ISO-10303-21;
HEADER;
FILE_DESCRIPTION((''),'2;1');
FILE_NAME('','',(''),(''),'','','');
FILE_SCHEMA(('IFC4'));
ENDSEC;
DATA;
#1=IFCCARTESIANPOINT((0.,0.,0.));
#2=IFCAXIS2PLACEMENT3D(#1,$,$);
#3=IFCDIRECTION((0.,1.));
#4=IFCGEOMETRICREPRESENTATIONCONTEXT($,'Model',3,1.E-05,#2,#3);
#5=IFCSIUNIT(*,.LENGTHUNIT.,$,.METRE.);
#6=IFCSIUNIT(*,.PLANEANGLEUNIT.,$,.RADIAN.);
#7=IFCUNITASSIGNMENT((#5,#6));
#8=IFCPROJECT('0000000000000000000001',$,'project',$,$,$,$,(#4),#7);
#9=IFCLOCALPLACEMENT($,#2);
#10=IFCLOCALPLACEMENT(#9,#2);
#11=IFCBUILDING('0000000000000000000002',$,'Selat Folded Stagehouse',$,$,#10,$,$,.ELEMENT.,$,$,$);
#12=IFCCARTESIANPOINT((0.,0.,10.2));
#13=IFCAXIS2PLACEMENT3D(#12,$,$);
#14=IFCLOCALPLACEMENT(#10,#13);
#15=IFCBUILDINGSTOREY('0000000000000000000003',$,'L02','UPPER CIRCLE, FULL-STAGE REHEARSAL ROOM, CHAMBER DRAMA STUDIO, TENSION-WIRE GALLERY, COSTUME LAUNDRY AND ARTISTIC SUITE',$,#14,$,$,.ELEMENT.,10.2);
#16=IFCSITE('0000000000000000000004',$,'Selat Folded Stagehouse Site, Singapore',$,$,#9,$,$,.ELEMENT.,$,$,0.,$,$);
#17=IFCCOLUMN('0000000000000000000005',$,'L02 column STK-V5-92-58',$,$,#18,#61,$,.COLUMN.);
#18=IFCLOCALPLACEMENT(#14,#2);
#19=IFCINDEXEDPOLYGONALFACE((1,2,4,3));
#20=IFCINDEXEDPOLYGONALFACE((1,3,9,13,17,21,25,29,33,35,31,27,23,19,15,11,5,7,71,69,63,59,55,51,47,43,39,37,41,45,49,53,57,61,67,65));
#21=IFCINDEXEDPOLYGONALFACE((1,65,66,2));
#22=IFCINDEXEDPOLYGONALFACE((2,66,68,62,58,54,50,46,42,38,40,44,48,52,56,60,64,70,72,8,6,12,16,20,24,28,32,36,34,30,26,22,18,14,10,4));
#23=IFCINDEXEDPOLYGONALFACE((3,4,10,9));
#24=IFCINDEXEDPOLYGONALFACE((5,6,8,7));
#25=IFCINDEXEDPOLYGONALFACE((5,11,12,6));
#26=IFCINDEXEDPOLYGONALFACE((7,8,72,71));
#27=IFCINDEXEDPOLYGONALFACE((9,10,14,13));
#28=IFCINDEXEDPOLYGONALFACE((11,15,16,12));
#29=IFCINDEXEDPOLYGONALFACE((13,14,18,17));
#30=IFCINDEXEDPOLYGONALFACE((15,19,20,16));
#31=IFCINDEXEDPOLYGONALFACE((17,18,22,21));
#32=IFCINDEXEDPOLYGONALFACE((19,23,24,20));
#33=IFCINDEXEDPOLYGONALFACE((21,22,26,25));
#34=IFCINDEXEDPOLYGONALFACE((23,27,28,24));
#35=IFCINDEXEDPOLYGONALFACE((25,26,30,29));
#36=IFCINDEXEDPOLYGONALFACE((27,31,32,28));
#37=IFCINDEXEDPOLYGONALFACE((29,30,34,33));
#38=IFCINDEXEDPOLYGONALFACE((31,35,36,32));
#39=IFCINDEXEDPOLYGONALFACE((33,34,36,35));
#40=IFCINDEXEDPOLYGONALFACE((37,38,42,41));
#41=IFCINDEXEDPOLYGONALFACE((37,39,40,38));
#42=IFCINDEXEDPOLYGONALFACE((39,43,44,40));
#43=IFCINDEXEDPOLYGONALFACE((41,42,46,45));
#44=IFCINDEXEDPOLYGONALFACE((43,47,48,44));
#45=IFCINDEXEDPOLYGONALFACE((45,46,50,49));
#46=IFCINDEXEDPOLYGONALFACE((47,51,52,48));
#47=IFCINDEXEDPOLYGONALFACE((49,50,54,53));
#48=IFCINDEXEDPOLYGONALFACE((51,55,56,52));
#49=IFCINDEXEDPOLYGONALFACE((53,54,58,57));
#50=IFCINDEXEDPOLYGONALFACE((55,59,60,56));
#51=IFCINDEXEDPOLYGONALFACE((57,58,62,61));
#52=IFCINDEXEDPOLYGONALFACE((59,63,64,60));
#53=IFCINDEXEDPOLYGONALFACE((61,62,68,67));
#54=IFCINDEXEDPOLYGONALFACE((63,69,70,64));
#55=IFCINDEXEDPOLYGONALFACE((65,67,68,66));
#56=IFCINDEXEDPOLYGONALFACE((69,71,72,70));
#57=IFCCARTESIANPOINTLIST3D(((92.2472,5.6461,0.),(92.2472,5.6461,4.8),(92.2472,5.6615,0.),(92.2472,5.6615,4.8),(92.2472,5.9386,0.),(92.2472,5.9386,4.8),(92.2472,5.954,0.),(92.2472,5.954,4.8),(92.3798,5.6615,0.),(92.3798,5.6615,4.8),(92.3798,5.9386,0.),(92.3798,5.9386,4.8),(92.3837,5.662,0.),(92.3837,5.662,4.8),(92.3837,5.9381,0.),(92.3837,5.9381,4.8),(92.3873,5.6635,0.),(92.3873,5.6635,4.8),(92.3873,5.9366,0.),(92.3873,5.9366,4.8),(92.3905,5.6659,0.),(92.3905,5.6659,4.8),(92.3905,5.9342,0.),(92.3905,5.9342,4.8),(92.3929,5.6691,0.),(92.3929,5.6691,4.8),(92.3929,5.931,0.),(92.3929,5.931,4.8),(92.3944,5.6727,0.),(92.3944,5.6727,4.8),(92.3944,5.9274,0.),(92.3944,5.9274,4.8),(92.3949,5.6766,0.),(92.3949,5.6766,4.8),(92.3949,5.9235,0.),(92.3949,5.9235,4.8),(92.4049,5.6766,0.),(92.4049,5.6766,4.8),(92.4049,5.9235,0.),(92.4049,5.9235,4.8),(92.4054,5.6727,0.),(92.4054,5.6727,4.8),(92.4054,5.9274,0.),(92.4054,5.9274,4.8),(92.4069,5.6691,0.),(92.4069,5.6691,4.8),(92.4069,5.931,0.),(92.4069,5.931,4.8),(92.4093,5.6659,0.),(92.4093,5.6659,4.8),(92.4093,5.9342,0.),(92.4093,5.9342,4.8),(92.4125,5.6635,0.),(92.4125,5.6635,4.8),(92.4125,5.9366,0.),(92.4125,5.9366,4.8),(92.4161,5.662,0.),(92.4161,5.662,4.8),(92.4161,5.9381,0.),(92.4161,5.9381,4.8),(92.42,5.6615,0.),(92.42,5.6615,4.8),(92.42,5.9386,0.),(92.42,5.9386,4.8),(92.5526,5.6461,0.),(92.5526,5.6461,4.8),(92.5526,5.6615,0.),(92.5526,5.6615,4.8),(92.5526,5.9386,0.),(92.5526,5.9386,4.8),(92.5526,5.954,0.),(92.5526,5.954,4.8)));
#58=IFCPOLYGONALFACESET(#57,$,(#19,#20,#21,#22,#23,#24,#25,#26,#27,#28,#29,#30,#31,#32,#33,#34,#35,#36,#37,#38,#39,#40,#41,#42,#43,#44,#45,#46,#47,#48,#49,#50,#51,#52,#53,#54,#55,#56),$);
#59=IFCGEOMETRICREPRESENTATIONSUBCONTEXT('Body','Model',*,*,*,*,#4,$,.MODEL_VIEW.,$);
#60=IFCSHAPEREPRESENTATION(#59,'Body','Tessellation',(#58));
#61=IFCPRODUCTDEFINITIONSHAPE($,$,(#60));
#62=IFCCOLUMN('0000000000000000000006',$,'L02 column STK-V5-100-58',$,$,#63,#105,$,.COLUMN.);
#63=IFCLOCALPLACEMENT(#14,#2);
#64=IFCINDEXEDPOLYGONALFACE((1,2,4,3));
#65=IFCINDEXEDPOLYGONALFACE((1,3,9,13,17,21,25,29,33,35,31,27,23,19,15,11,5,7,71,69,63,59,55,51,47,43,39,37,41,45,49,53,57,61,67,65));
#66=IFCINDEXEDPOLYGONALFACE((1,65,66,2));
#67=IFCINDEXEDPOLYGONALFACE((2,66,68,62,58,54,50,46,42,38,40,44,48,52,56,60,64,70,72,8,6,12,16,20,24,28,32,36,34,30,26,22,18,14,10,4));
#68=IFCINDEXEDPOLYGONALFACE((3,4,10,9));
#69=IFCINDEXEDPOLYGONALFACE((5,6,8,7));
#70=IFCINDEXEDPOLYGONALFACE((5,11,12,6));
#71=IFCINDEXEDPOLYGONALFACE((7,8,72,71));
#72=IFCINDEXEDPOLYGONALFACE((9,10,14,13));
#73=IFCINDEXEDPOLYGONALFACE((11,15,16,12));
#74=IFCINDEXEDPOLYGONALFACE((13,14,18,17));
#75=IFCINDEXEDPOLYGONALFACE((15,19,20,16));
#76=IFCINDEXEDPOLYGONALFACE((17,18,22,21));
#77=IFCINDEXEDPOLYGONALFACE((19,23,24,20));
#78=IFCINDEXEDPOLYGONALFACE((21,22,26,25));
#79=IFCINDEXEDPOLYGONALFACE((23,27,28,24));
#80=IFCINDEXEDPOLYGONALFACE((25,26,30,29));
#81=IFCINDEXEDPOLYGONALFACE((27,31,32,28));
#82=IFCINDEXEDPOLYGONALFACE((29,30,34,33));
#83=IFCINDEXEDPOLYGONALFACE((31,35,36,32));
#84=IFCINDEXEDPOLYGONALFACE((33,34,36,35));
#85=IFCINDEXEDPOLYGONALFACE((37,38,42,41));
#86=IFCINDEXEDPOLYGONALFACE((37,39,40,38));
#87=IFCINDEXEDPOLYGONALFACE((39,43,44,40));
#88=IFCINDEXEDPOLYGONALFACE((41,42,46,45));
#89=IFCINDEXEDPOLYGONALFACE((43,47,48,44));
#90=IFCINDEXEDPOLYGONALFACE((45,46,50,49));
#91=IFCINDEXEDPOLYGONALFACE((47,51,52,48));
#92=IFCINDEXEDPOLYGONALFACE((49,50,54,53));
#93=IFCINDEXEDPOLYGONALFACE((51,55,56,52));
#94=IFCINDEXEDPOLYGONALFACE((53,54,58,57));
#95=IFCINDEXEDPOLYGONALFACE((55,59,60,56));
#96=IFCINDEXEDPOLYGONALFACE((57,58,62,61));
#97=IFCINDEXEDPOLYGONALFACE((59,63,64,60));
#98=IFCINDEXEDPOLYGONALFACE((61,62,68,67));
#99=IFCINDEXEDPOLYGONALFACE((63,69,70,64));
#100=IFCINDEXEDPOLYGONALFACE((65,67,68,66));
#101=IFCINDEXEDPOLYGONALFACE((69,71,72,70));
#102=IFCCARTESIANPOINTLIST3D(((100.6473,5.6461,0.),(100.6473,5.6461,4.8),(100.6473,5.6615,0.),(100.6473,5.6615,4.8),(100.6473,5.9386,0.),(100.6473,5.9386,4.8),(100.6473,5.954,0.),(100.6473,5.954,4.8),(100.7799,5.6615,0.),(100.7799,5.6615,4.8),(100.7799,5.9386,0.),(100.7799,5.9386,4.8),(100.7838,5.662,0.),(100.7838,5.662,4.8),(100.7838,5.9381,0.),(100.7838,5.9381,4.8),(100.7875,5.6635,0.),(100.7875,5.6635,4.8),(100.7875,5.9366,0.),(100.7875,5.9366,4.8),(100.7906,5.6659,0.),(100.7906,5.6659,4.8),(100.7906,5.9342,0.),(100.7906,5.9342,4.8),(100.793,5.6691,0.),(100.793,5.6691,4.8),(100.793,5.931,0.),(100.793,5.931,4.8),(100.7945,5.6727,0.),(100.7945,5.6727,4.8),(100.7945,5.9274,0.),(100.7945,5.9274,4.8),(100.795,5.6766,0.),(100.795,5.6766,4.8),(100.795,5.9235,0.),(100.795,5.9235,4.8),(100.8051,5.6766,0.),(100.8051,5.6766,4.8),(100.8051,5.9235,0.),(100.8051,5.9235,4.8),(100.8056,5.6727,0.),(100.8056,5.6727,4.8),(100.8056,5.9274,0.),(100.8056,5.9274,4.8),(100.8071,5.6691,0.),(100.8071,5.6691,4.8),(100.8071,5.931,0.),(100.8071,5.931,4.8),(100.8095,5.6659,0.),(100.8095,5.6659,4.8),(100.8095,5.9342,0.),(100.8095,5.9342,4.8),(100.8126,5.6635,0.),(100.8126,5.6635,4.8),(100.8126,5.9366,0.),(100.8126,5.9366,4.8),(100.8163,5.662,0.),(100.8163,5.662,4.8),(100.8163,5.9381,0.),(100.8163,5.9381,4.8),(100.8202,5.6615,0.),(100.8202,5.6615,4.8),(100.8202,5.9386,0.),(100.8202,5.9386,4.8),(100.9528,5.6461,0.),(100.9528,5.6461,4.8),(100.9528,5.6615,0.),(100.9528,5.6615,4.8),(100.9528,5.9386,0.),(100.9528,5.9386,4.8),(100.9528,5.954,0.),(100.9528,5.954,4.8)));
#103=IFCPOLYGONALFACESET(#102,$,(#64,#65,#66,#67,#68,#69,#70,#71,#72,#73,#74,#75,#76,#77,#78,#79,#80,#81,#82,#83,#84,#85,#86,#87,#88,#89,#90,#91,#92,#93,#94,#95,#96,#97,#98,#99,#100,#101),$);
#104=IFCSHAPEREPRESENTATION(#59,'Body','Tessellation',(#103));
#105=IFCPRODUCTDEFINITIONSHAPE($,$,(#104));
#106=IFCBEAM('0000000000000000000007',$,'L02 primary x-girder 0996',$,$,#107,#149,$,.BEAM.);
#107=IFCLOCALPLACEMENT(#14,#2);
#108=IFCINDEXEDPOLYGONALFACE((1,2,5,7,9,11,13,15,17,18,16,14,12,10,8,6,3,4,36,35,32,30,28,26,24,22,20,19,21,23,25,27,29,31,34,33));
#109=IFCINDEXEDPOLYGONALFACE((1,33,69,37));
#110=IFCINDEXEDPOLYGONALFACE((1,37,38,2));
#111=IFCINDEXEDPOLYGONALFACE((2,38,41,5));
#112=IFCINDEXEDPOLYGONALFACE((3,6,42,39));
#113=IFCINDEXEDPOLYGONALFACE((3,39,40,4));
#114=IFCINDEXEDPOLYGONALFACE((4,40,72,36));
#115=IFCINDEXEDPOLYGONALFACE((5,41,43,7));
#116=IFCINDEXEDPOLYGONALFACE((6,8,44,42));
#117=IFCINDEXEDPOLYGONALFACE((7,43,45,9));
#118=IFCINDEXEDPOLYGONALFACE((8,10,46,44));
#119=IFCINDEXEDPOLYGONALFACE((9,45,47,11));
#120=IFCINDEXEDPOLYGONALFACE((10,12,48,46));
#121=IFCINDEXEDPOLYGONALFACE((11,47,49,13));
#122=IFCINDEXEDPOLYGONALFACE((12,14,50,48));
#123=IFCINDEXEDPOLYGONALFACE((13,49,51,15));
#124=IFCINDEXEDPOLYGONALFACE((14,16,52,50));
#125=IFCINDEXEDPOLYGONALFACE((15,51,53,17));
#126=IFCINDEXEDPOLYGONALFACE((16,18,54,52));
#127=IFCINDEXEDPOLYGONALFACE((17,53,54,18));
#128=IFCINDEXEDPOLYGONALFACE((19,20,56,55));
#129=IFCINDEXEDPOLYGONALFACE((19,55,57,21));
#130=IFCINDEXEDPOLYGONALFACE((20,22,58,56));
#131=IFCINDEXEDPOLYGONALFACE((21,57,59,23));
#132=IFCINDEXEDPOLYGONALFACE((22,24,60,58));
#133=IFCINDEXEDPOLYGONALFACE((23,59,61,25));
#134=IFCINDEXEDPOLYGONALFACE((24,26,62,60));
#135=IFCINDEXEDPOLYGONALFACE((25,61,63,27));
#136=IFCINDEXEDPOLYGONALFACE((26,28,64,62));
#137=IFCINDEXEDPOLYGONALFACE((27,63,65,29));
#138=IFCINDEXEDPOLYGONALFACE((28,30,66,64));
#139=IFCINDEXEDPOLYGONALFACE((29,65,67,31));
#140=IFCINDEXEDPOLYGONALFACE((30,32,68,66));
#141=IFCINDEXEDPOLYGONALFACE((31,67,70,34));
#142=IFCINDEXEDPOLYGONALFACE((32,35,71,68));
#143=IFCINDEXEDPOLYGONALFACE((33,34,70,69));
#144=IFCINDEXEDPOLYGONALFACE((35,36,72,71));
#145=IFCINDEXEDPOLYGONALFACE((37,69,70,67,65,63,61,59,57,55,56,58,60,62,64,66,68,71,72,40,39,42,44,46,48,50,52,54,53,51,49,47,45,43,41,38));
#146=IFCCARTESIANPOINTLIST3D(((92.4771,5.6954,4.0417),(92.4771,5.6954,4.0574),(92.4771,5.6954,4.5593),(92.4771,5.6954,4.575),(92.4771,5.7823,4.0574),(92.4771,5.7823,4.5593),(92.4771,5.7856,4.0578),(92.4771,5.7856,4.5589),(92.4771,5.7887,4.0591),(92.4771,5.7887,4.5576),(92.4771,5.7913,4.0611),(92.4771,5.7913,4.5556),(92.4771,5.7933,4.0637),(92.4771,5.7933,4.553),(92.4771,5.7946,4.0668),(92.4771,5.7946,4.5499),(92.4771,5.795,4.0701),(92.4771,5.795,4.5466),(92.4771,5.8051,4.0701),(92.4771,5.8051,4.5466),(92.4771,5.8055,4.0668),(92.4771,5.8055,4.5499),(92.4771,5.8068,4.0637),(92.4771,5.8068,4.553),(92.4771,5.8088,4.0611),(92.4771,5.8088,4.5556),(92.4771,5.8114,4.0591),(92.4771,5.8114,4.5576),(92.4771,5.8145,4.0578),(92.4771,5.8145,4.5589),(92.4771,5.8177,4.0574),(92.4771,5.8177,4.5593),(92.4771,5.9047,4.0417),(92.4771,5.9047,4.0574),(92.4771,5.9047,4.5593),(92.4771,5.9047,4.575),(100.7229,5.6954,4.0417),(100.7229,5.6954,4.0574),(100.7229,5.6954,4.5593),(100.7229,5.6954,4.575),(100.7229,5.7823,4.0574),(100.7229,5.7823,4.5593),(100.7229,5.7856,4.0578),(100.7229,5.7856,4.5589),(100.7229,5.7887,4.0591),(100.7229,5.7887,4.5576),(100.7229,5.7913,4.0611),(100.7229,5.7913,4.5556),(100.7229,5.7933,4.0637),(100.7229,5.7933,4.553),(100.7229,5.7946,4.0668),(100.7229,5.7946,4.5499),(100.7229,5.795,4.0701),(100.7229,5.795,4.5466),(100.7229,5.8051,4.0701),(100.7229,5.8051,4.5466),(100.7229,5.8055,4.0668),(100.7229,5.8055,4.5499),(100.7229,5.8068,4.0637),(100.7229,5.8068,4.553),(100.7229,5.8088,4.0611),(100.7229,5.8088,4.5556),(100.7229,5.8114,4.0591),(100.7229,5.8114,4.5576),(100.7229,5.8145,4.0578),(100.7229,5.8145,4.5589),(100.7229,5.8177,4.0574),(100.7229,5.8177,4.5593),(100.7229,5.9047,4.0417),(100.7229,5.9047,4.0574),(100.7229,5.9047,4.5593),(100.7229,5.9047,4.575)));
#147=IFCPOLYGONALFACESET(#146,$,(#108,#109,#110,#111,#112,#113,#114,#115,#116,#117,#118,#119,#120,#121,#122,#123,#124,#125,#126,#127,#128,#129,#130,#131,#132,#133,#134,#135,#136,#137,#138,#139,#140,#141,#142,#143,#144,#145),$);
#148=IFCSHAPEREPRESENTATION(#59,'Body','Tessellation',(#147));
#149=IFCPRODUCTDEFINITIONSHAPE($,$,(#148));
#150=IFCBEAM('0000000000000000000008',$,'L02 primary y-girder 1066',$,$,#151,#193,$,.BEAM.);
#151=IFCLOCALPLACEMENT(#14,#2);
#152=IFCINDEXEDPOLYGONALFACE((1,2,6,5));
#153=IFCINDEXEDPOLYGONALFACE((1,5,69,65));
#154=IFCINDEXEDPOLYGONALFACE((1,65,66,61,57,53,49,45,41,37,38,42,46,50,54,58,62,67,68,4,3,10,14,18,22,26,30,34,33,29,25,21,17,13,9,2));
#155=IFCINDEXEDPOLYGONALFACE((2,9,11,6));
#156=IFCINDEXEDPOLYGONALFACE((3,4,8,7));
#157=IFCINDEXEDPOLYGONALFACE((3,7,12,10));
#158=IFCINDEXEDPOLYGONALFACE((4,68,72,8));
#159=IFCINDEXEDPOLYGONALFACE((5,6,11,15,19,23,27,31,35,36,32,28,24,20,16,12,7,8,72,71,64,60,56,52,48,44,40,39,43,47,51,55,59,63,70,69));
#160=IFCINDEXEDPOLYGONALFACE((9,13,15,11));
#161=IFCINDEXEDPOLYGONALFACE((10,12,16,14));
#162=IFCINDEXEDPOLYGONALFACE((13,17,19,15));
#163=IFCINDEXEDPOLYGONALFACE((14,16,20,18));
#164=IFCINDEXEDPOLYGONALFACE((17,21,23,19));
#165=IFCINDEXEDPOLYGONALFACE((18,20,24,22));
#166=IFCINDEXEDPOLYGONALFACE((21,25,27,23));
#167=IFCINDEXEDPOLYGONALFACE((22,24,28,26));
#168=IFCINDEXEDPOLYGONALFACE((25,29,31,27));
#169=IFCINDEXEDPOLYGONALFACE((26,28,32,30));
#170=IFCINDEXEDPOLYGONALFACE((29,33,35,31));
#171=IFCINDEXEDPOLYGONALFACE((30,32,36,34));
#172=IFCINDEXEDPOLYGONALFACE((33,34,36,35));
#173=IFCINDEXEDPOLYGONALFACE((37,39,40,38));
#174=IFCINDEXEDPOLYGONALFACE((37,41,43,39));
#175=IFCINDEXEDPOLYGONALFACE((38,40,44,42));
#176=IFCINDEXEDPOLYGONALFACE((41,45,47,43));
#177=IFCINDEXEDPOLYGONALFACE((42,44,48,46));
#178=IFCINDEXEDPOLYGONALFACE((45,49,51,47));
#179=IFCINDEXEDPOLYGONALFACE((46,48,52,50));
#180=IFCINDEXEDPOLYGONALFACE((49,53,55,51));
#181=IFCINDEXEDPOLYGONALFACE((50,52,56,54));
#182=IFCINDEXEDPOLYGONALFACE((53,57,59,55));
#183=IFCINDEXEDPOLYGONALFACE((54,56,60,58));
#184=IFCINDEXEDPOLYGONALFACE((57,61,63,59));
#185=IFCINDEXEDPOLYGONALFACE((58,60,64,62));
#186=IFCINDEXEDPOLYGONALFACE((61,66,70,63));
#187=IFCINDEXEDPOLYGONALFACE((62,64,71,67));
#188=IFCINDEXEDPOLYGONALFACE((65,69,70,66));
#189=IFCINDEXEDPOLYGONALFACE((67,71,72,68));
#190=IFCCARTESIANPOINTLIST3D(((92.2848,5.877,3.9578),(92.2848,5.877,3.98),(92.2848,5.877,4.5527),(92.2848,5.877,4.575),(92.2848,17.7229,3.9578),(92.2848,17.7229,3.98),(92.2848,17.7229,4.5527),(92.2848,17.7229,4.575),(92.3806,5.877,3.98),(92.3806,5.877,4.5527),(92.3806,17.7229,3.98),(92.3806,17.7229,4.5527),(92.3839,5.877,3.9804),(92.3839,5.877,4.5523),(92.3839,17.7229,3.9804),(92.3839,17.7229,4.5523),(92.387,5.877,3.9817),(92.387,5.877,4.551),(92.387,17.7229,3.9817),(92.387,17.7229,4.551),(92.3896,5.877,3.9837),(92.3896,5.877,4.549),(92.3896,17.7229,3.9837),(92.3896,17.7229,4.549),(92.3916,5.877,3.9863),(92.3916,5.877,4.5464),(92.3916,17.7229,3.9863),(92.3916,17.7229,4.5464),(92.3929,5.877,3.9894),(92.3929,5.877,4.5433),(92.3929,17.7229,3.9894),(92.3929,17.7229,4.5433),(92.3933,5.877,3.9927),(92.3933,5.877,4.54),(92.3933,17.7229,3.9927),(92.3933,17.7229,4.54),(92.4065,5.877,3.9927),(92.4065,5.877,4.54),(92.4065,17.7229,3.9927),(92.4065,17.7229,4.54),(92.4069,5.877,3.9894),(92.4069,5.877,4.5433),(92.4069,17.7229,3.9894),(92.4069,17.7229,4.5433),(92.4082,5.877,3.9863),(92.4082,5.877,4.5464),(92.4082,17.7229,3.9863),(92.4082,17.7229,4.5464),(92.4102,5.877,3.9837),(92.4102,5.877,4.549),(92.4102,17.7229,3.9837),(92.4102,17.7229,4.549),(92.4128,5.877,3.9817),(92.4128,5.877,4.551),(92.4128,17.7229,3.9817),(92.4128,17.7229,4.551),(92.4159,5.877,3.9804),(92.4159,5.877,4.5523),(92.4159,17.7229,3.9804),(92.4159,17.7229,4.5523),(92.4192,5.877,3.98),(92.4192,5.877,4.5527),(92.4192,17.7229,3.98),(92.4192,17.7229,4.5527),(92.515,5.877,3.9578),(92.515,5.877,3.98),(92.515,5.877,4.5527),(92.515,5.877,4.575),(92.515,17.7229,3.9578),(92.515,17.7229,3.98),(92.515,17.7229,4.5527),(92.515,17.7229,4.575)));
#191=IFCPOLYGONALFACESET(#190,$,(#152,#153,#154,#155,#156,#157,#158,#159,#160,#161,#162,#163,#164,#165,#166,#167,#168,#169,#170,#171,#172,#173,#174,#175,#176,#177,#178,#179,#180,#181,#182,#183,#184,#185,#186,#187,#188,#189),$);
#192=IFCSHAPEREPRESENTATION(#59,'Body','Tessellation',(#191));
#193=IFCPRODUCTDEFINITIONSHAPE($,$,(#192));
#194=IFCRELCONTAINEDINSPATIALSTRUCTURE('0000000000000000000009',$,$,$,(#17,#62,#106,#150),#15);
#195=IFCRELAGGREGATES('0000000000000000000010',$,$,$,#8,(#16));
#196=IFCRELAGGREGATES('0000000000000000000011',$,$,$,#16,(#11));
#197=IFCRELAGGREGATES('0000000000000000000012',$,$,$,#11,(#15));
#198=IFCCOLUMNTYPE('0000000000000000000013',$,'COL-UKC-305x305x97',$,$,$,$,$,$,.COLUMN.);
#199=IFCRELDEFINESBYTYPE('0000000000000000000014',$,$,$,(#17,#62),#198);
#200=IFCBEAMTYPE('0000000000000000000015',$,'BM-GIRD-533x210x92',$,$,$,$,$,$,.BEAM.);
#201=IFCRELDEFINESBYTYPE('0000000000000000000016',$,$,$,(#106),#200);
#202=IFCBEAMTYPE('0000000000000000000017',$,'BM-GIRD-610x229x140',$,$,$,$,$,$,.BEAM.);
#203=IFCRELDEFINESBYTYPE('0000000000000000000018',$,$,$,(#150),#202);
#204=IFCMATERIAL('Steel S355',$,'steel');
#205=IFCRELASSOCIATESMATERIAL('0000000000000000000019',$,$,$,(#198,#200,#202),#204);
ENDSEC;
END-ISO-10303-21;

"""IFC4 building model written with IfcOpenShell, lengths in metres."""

from ifc_helpers import new_model, si_unit, direction, frame, origin, origin_2d, place, context, subcontext, project, spatial, i_section, extrude, material, material_profile, profile_set, type_object, element, save


model = new_model("IFC4")

# Units and contexts
model_context = context("Model", 3, precision=1e-05, world=origin(), true_north=direction((0.0, 1.0)))
body_context = subcontext(model_context, "Body", "Model", "MODEL_VIEW")
ifc_project = project(units=[si_unit("LENGTHUNIT", "METRE"), si_unit("PLANEANGLEUNIT", "RADIAN")], contexts=[model_context])

# Site, building, storey
site_placement = place(None, origin())
site = spatial("IfcSite", under=ifc_project, at=site_placement, Name="Selat Folded Stagehouse Site, Singapore", CompositionType="ELEMENT", RefElevation=0.0)
building_placement = place(site_placement, origin())
building = spatial("IfcBuilding", under=site, at=building_placement, Name="Selat Folded Stagehouse", CompositionType="ELEMENT")
storey_placement = place(building_placement, frame((0.0, 0.0, 10.2)))
storey = spatial("IfcBuildingStorey", under=building, at=storey_placement, Name="L02", Description="UPPER CIRCLE, FULL-STAGE REHEARSAL ROOM, CHAMBER DRAMA STUDIO, TENSION-WIRE GALLERY, COSTUME LAUNDRY AND ARTISTIC SUITE", CompositionType="ELEMENT", Elevation=10.2)

# Columns
ifc_material_1 = material(Name="Steel S355", Category="steel")
ifc_material_profile_1 = material_profile(ifc_material_1, i_section(OverallWidth=0.3054, OverallDepth=0.3079, WebThickness=0.01, FlangeThickness=0.0154, FilletRadius=0.0151, at=origin_2d()), Name="UKC 305x305x97")
ifc_profile_set_1 = profile_set([ifc_material_profile_1], Name="Steel S355")
column_type = type_object("IfcColumnType", Name="COL-UKC-305x305x97", PredefinedType="COLUMN", material=ifc_profile_set_1)
for number, where, z_axis, x_axis, name in (
    (1, (92.3999, 5.8, 0.0), (0.0, 0.0, 1.0), (1.0, 0.0, 0.0), "L02 column STK-V5-92-58"),
    (2, (100.8, 5.8, 0.0), (0.0, 0.0, 1.0), (1.0, 0.0, 0.0), "L02 column STK-V5-100-58"),
):
    element("IfcColumn", number, at=place(storey_placement, frame(where, z_axis=z_axis, x_axis=x_axis)), inside=storey, type_object=column_type, Name=name, PredefinedType="COLUMN", context=body_context, shape_type="SweptSolid", body=[
        extrude(i_section(OverallWidth=0.3054, OverallDepth=0.3079, WebThickness=0.01, FlangeThickness=0.0154, FilletRadius=0.0151, at=origin_2d()), origin(), (0.0, 0.0, 1.0), 4.8),
    ])

# Beams
ifc_material_profile_2 = material_profile(ifc_material_1, i_section(OverallWidth=0.2092, OverallDepth=0.5332, WebThickness=0.01, FlangeThickness=0.0156, FilletRadius=0.0127, at=origin_2d()), Name="UKB 533x210x92")
ifc_profile_set_2 = profile_set([ifc_material_profile_2], Name="Steel S355")
beam_type_1 = type_object("IfcBeamType", Name="BM-GIRD-533x210x92", PredefinedType="BEAM", material=ifc_profile_set_2)
beam_placement = place(storey_placement, frame((92.4771, 5.8, 4.3083), z_axis=(1.0, 0.0, 0.0), x_axis=(0.0, 1.0, 0.0)))
element("IfcBeam", 3, at=beam_placement, inside=storey, type_object=beam_type_1, Name="L02 primary x-girder 0996", PredefinedType="BEAM", context=body_context, shape_type="SweptSolid", body=[
    extrude(i_section(OverallWidth=0.2092, OverallDepth=0.5332, WebThickness=0.01, FlangeThickness=0.0156, FilletRadius=0.0127, at=origin_2d()), origin(), (0.0, 0.0, 1.0), 8.2458),
])
ifc_material_profile_3 = material_profile(ifc_material_1, i_section(OverallWidth=0.2302, OverallDepth=0.6172, WebThickness=0.0132, FlangeThickness=0.0222, FilletRadius=0.0127, at=origin_2d()), Name="UKB 610x229x140")
ifc_profile_set_3 = profile_set([ifc_material_profile_3], Name="Steel S355")
beam_type_2 = type_object("IfcBeamType", Name="BM-GIRD-610x229x140", PredefinedType="BEAM", material=ifc_profile_set_3)
for number, where, z_axis, x_axis, name in (
    (4, (92.3999, 5.877, 4.2664), (0.0, 1.0, 0.0), (-1.0, 0.0, 0.0), "L02 primary y-girder 1066"),
):
    element("IfcBeam", number, at=place(storey_placement, frame(where, z_axis=z_axis, x_axis=x_axis)), inside=storey, type_object=beam_type_2, Name=name, PredefinedType="BEAM", context=body_context, shape_type="SweptSolid", body=[
        extrude(i_section(OverallWidth=0.2302, OverallDepth=0.6172, WebThickness=0.0132, FlangeThickness=0.0222, FilletRadius=0.0127, at=origin_2d()), origin(), (0.0, 0.0, 1.0), 11.8459),
    ])

save(model, "model.ifc")
